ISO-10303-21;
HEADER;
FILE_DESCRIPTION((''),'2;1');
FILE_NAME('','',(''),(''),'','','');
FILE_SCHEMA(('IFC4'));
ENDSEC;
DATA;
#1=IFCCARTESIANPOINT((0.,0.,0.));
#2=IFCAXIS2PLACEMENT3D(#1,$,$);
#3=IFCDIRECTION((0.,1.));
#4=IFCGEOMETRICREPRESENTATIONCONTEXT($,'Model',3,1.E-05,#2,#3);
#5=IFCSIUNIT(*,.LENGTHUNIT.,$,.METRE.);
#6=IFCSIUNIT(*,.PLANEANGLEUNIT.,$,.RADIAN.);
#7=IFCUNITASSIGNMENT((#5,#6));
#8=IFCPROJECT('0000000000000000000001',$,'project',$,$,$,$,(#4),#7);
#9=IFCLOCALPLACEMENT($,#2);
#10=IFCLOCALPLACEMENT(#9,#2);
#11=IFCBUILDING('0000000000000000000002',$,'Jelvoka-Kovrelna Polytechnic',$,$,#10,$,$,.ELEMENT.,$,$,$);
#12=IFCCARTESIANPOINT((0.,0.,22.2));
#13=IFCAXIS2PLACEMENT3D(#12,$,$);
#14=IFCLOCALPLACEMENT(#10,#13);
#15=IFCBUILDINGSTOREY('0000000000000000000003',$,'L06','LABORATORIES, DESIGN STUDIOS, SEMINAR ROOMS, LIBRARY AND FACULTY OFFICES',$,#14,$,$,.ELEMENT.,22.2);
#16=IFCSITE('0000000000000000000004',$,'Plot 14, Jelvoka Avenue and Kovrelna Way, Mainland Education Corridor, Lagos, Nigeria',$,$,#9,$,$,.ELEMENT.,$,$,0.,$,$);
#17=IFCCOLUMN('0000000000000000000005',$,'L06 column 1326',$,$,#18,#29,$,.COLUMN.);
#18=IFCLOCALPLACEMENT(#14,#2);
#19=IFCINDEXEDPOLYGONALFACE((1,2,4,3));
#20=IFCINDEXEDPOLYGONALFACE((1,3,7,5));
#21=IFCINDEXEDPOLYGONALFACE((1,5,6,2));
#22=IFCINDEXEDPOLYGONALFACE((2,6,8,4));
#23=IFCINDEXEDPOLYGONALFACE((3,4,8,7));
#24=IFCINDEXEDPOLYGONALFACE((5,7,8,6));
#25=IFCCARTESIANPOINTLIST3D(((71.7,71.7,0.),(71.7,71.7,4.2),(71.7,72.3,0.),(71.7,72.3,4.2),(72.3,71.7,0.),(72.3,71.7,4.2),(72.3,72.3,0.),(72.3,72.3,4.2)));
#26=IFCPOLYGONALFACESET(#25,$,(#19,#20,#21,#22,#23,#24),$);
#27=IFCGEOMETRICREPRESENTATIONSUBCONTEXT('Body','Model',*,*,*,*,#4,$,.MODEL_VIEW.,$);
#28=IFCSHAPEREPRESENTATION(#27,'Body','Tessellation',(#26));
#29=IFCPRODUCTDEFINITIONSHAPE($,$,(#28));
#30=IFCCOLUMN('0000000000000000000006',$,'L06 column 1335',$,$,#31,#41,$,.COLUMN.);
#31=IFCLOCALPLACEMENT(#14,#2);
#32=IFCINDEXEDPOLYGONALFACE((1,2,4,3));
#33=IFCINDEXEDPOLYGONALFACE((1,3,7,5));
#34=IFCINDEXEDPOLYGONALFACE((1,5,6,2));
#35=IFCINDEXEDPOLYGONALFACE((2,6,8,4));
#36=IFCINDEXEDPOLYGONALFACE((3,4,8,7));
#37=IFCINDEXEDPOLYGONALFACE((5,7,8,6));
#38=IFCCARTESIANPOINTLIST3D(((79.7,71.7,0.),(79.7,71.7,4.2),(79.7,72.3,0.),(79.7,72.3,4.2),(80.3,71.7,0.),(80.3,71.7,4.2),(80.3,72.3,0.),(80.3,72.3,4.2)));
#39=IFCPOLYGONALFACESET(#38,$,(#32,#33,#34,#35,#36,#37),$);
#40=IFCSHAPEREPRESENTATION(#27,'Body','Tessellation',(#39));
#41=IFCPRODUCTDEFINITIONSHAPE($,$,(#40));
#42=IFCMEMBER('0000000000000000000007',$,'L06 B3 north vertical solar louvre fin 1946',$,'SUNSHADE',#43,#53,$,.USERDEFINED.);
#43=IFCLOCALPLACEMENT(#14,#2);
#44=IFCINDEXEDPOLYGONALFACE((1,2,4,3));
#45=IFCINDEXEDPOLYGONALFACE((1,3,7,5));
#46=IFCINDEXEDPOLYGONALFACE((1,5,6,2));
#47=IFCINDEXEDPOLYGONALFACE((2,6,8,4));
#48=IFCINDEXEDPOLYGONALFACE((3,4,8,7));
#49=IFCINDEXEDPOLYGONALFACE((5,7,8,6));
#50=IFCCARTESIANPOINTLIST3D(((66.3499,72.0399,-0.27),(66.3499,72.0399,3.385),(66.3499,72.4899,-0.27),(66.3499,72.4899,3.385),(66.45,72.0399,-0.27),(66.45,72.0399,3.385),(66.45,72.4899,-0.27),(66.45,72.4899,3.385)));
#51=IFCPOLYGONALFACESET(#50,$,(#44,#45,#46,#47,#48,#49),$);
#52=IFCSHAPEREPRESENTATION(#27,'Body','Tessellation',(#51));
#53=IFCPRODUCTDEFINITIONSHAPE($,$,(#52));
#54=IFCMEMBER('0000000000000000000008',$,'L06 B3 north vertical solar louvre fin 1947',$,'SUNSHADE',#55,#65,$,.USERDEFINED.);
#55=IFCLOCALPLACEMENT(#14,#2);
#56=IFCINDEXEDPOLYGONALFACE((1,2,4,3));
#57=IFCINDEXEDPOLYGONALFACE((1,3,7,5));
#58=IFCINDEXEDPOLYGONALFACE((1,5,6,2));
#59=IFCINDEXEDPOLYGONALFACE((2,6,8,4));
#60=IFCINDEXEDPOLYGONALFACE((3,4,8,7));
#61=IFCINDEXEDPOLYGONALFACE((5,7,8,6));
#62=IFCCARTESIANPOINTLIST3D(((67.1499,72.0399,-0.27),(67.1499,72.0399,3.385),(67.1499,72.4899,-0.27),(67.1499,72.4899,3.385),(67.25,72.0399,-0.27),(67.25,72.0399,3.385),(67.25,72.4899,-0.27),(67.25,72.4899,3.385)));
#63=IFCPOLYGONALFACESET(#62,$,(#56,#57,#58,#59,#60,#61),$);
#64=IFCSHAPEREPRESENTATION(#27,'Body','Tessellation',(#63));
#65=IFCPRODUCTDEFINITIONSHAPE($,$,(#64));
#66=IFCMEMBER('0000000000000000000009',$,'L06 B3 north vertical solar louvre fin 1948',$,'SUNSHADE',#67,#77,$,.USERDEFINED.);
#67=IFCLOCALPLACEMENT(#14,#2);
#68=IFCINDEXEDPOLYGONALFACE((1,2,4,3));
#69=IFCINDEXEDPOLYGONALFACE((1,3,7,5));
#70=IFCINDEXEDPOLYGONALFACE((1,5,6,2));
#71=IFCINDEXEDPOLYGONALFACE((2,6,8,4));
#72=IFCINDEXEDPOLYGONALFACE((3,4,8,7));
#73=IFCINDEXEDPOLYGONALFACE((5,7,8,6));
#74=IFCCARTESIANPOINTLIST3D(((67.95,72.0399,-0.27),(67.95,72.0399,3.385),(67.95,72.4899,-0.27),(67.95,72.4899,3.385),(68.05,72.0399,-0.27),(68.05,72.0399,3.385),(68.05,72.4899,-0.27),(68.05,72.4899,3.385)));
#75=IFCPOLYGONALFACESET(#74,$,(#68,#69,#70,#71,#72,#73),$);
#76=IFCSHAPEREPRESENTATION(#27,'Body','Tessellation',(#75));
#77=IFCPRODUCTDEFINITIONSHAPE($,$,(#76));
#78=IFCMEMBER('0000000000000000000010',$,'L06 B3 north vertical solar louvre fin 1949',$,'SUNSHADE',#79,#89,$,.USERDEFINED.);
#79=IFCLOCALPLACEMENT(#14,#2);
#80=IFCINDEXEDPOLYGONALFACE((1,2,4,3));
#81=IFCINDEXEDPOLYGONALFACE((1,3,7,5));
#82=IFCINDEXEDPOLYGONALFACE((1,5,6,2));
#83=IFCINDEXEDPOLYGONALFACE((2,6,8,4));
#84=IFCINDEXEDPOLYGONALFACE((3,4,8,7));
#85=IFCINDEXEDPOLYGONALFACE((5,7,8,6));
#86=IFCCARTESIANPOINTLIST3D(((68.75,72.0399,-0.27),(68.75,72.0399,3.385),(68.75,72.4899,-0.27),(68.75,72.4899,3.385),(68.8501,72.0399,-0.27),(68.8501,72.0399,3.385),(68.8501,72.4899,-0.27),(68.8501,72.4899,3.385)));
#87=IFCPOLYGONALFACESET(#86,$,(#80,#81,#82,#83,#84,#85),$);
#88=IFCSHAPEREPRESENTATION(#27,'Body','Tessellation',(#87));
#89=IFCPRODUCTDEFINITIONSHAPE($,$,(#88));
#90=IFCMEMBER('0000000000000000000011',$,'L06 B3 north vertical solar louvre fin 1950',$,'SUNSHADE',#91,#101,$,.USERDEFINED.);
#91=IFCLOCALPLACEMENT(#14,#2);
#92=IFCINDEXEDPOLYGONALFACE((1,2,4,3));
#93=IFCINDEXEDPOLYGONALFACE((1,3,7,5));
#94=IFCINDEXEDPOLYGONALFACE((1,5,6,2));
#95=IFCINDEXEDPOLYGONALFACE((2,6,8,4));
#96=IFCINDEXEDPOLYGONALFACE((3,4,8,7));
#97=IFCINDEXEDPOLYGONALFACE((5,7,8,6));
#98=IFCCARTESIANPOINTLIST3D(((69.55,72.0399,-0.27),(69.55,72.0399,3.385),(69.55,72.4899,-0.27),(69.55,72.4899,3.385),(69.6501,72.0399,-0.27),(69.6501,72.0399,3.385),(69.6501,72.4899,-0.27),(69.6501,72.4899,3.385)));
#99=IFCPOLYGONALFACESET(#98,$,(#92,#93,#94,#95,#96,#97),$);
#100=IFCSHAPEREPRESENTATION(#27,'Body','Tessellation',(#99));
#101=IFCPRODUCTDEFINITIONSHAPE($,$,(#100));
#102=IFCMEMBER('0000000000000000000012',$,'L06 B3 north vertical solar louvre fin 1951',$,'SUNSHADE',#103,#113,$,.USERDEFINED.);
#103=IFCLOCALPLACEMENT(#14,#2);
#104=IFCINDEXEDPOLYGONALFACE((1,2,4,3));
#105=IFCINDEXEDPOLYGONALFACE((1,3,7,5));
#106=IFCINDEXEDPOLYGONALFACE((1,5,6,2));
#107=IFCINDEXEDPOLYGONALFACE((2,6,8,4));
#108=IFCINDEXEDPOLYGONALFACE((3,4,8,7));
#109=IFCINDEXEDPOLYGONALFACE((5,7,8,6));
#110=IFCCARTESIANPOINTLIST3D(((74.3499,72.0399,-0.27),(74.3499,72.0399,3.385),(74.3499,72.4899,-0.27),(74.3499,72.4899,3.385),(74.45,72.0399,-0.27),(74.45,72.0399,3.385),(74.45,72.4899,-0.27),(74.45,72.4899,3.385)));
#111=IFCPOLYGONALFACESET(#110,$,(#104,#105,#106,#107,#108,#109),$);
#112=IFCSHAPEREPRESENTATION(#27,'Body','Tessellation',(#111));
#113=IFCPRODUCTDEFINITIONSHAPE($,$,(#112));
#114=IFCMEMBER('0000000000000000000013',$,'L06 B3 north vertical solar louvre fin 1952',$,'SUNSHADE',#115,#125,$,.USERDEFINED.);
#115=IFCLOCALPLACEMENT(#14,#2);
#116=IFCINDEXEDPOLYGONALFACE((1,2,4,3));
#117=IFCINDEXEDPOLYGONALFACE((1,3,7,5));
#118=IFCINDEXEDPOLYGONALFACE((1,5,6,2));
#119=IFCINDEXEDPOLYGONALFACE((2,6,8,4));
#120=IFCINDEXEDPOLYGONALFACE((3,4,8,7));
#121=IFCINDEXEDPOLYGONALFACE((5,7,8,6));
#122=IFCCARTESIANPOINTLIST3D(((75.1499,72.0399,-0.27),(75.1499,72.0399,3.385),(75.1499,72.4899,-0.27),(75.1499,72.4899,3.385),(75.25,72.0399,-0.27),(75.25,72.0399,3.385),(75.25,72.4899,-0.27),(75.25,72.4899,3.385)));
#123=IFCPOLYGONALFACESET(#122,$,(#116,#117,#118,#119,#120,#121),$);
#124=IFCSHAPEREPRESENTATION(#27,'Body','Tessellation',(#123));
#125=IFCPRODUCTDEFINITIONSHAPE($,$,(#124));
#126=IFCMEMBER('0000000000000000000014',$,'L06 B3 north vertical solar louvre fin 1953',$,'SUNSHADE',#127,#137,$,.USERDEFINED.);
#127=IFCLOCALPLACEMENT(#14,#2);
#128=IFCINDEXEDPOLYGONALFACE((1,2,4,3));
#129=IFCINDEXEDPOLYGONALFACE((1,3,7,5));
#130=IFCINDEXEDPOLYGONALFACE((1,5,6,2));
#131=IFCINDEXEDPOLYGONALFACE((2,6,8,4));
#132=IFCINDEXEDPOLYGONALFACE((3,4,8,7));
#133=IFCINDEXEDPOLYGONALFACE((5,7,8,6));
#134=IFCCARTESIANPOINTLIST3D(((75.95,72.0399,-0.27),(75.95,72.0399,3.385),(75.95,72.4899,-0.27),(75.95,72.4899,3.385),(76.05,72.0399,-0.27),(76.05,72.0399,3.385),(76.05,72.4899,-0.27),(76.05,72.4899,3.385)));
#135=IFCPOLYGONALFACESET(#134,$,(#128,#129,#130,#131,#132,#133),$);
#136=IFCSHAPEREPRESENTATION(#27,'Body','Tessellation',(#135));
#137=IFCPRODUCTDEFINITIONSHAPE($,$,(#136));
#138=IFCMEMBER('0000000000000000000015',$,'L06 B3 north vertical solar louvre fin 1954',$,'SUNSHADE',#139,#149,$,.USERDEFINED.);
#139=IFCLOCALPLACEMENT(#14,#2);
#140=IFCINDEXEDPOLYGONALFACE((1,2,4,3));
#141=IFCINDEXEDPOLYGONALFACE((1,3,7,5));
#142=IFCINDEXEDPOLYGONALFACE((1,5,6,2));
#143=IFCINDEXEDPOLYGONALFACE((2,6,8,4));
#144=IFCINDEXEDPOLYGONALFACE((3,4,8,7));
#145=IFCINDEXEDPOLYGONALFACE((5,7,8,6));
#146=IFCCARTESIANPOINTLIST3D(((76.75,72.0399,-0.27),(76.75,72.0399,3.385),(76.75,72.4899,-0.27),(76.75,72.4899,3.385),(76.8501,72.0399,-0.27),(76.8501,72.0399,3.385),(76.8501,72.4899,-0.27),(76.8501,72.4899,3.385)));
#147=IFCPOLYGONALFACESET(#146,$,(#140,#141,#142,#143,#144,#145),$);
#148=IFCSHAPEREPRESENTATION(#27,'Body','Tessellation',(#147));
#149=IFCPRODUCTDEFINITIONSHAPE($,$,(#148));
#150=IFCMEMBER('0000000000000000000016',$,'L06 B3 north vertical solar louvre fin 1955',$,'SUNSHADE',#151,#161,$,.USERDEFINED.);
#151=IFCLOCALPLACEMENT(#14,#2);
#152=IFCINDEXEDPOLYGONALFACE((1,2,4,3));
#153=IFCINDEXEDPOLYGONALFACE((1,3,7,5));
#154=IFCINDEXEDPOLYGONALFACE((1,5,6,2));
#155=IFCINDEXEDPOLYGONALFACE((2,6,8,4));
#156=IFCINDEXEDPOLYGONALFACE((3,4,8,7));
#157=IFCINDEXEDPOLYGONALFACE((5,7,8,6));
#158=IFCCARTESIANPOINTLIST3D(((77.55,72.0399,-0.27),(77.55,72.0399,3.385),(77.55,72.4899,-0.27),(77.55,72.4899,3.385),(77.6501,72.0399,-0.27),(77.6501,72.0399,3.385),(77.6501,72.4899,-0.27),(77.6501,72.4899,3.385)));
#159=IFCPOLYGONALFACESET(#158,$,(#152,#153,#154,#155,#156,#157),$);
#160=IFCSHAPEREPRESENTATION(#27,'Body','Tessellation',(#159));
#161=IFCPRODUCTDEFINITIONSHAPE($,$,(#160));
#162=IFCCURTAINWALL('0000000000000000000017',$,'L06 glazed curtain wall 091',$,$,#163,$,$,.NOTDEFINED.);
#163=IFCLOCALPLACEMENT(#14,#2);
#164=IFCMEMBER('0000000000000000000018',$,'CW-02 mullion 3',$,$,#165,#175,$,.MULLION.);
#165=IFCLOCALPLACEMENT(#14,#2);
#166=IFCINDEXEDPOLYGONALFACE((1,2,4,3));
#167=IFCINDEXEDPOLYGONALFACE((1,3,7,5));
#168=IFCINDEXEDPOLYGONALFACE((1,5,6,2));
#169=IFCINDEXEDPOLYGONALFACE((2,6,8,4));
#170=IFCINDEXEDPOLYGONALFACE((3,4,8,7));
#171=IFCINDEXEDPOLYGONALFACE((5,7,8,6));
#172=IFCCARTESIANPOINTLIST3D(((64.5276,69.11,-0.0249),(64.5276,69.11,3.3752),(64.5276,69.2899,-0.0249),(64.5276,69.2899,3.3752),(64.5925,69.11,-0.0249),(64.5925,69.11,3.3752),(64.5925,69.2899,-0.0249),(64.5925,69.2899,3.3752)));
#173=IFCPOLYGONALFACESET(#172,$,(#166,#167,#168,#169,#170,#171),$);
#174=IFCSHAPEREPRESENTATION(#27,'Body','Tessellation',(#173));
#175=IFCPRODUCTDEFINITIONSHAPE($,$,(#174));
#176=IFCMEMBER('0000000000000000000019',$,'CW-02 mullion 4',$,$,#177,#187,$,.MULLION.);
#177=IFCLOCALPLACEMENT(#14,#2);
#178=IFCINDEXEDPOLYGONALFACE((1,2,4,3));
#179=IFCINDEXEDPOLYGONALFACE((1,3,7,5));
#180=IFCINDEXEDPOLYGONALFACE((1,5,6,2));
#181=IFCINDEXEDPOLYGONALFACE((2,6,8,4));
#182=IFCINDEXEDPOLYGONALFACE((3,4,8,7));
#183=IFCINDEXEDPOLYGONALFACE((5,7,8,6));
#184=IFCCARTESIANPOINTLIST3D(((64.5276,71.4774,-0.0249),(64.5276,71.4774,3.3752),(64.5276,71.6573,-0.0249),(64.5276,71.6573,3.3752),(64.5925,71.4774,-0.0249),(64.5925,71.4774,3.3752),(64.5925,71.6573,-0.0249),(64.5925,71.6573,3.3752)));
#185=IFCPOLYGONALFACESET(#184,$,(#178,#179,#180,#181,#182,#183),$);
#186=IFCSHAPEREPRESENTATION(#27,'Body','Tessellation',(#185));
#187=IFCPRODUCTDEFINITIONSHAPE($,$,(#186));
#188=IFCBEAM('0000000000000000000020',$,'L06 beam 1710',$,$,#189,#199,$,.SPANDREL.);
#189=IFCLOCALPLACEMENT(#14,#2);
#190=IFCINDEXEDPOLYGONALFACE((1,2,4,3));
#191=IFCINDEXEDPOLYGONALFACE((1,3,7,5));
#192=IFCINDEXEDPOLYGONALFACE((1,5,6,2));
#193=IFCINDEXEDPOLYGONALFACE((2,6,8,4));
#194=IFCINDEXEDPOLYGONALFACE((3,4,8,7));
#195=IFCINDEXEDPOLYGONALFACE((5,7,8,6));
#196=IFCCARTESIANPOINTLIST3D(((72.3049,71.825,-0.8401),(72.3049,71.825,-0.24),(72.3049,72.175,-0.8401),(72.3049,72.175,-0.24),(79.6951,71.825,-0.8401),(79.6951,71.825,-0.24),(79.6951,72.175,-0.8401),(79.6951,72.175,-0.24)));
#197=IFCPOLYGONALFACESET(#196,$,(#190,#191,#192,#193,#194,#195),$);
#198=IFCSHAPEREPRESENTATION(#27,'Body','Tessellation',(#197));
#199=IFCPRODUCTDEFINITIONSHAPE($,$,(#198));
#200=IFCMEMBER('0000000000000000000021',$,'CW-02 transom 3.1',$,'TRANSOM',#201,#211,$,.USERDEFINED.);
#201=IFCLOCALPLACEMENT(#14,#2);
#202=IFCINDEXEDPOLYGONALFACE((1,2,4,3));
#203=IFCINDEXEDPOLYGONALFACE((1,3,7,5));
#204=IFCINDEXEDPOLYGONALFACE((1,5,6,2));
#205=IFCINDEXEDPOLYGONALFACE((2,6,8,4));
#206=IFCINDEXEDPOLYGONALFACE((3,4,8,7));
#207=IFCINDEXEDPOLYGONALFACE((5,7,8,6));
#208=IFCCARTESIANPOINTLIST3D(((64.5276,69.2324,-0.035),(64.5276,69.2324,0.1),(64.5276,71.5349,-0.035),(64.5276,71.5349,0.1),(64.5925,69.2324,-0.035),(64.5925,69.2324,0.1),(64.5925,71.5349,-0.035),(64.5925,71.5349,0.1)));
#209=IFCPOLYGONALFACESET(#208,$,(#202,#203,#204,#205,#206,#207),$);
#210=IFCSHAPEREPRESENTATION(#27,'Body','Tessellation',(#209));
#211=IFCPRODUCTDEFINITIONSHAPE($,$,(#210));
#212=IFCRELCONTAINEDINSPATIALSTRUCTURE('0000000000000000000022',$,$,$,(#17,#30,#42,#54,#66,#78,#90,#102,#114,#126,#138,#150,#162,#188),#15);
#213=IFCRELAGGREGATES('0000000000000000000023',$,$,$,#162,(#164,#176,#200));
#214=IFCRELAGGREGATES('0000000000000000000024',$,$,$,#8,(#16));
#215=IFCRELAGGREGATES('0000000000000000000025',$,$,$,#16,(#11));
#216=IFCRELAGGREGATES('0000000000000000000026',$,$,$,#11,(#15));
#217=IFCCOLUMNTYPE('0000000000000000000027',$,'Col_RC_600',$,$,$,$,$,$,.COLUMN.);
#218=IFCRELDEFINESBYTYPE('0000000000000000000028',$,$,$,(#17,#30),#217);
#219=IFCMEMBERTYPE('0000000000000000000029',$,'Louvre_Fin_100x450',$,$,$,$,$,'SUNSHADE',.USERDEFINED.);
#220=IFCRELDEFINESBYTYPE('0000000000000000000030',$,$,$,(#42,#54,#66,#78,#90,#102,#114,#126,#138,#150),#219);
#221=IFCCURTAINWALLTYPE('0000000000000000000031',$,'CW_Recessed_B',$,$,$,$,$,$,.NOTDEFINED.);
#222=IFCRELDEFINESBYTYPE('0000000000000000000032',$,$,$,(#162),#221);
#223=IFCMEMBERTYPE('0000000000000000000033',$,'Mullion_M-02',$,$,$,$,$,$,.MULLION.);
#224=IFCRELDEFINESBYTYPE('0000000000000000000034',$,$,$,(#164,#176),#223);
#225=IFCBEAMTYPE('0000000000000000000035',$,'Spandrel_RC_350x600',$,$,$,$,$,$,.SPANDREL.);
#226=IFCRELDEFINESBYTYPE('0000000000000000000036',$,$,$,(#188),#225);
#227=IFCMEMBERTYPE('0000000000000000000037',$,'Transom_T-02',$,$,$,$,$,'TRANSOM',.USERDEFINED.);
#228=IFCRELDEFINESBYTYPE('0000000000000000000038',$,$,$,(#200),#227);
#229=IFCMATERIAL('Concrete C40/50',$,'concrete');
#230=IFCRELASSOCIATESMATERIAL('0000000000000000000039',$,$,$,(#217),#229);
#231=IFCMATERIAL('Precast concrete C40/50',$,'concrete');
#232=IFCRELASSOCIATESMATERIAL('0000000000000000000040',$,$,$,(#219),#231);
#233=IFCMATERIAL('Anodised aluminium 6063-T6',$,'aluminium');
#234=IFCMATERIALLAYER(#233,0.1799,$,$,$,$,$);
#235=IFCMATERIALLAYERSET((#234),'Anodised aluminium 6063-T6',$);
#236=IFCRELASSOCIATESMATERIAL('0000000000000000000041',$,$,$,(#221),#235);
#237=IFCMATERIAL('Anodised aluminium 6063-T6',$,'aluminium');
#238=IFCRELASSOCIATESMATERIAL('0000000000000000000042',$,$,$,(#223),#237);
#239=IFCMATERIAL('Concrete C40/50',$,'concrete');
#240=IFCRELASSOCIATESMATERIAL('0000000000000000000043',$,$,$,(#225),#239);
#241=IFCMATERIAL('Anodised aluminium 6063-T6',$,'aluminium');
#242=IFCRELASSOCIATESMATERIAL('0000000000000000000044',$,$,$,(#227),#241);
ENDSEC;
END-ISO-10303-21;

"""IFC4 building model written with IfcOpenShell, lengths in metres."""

from ifc_helpers import new_model, si_unit, direction, frame, origin, origin_2d, place, context, subcontext, project, spatial, rectangle, extrude, material, layer, layer_set, material_profile, profile_set, type_object, element, aggregate, save


model = new_model("IFC4")

# Units and contexts
model_context = context("Model", 3, precision=1e-05, world=origin(), true_north=direction((0.0, 1.0)))
body_context = subcontext(model_context, "Body", "Model", "MODEL_VIEW")
ifc_project = project(units=[si_unit("LENGTHUNIT", "METRE"), si_unit("PLANEANGLEUNIT", "RADIAN")], contexts=[model_context])

# Site, building, storey
site_placement = place(None, origin())
site = spatial("IfcSite", under=ifc_project, at=site_placement, Name="Plot 14, Jelvoka Avenue and Kovrelna Way, Mainland Education Corridor, Lagos, Nigeria", CompositionType="ELEMENT", RefElevation=0.0)
building_placement = place(site_placement, origin())
building = spatial("IfcBuilding", under=site, at=building_placement, Name="Jelvoka-Kovrelna Polytechnic", CompositionType="ELEMENT")
storey_placement = place(building_placement, frame((0.0, 0.0, 22.2)))
storey = spatial("IfcBuildingStorey", under=building, at=storey_placement, Name="L06", Description="LABORATORIES, DESIGN STUDIOS, SEMINAR ROOMS, LIBRARY AND FACULTY OFFICES", CompositionType="ELEMENT", Elevation=22.2)

# Columns
ifc_material_1 = material(Name="Concrete C40/50", Category="concrete")
ifc_material_profile_1 = material_profile(ifc_material_1, rectangle(XDim=0.6001, YDim=0.6001, at=origin_2d()), Name="RC 600x600")
ifc_profile_set_1 = profile_set([ifc_material_profile_1], Name="Concrete C40/50")
column_type = type_object("IfcColumnType", Name="Col_RC_600", PredefinedType="COLUMN", material=ifc_profile_set_1)
for number, where, z_axis, x_axis, name in (
    (1, (72.0, 72.0, 0.0), (0.0, 0.0, 1.0), (1.0, 0.0, 0.0), "L06 column 1326"),
    (2, (80.0, 72.0, 0.0), (0.0, 0.0, 1.0), (1.0, 0.0, 0.0), "L06 column 1335"),
):
    element("IfcColumn", number, at=place(storey_placement, frame(where, z_axis=z_axis, x_axis=x_axis)), inside=storey, type_object=column_type, Name=name, PredefinedType="COLUMN", context=body_context, shape_type="SweptSolid", body=[
        extrude(rectangle(XDim=0.6001, YDim=0.6001, at=origin_2d()), origin(), (0.0, 0.0, 1.0), 4.2),
    ])

# Members
ifc_material_2 = material(Name="Precast concrete C40/50", Category="concrete")
ifc_material_profile_2 = material_profile(ifc_material_2, rectangle(XDim=0.1001, YDim=0.45, at=origin_2d()), Name="PC 100x450")
ifc_profile_set_2 = profile_set([ifc_material_profile_2], Name="Precast concrete C40/50")
member_type_1 = type_object("IfcMemberType", Name="Louvre_Fin_100x450", ElementType="SUNSHADE", PredefinedType="USERDEFINED", material=ifc_profile_set_2)
for number, where, z_axis, x_axis, name in (
    (3, (66.3999, 72.2649, -0.27), (0.0, 0.0, 1.0), (1.0, 0.0, 0.0), "L06 B3 north vertical solar louvre fin 1946"),
    (4, (67.2, 72.2649, -0.27), (0.0, 0.0, 1.0), (1.0, 0.0, 0.0), "L06 B3 north vertical solar louvre fin 1947"),
    (5, (68.0, 72.2649, -0.27), (0.0, 0.0, 1.0), (1.0, 0.0, 0.0), "L06 B3 north vertical solar louvre fin 1948"),
    (6, (68.8, 72.2649, -0.27), (0.0, 0.0, 1.0), (1.0, 0.0, 0.0), "L06 B3 north vertical solar louvre fin 1949"),
    (7, (69.6001, 72.2649, -0.27), (0.0, 0.0, 1.0), (1.0, 0.0, 0.0), "L06 B3 north vertical solar louvre fin 1950"),
    (8, (74.3999, 72.2649, -0.27), (0.0, 0.0, 1.0), (1.0, 0.0, 0.0), "L06 B3 north vertical solar louvre fin 1951"),
    (9, (75.2, 72.2649, -0.27), (0.0, 0.0, 1.0), (1.0, 0.0, 0.0), "L06 B3 north vertical solar louvre fin 1952"),
    (10, (76.0, 72.2649, -0.27), (0.0, 0.0, 1.0), (1.0, 0.0, 0.0), "L06 B3 north vertical solar louvre fin 1953"),
    (11, (76.8, 72.2649, -0.27), (0.0, 0.0, 1.0), (1.0, 0.0, 0.0), "L06 B3 north vertical solar louvre fin 1954"),
    (12, (77.6001, 72.2649, -0.27), (0.0, 0.0, 1.0), (1.0, 0.0, 0.0), "L06 B3 north vertical solar louvre fin 1955"),
):
    element("IfcMember", number, at=place(storey_placement, frame(where, z_axis=z_axis, x_axis=x_axis)), inside=storey, type_object=member_type_1, Name=name, ObjectType="SUNSHADE", PredefinedType="USERDEFINED", context=body_context, shape_type="SweptSolid", body=[
        extrude(rectangle(XDim=0.1001, YDim=0.45, at=origin_2d()), origin(), (0.0, 0.0, 1.0), 3.655),
    ])

# Curtain wall, members
ifc_material_3 = material(Name="Anodised aluminium 6063-T6", Category="aluminium")
ifc_layer_1 = layer(ifc_material_3, 0.1799)
ifc_layer_set_1 = layer_set([ifc_layer_1], Name="Anodised aluminium 6063-T6")
curtain_wall_type = type_object("IfcCurtainWallType", Name="CW_Recessed_B", PredefinedType="NOTDEFINED", material=ifc_layer_set_1)
curtain_wall_placement = place(storey_placement, origin())
curtain_wall = element("IfcCurtainWall", 13, at=curtain_wall_placement, inside=storey, type_object=curtain_wall_type, Name="L06 glazed curtain wall 091", PredefinedType="NOTDEFINED")
ifc_material_4 = material(Name="Anodised aluminium 6063-T6", Category="aluminium")
ifc_material_profile_3 = material_profile(ifc_material_4, rectangle(XDim=0.0649, YDim=0.1799, at=origin_2d()), Name="ALU 65x180")
ifc_profile_set_3 = profile_set([ifc_material_profile_3], Name="Anodised aluminium 6063-T6")
member_type_2 = type_object("IfcMemberType", Name="Mullion_M-02", PredefinedType="MULLION", material=ifc_profile_set_3)
member_1_placement = place(storey_placement, frame((64.5601, 69.2, -0.0249), z_axis=(0.0, 0.0, 1.0), x_axis=(-1.0, 0.0, 0.0)))
member_1 = element("IfcMember", 14, at=member_1_placement, type_object=member_type_2, Name="CW-02 mullion 3", PredefinedType="MULLION", context=body_context, shape_type="SweptSolid", body=[
    extrude(rectangle(XDim=0.0649, YDim=0.1799, at=origin_2d()), origin(), (0.0, 0.0, 1.0), 3.4001),
])
member_2_placement = place(storey_placement, frame((64.5601, 71.5674, -0.0249), z_axis=(0.0, 0.0, 1.0), x_axis=(-1.0, 0.0, 0.0)))
member_2 = element("IfcMember", 15, at=member_2_placement, type_object=member_type_2, Name="CW-02 mullion 4", PredefinedType="MULLION", context=body_context, shape_type="SweptSolid", body=[
    extrude(rectangle(XDim=0.0649, YDim=0.1799, at=origin_2d()), origin(), (0.0, 0.0, 1.0), 3.4001),
])

# Beam
ifc_material_5 = material(Name="Concrete C40/50", Category="concrete")
ifc_material_profile_4 = material_profile(ifc_material_5, rectangle(XDim=0.3501, YDim=0.6001, at=origin_2d()), Name="RC 350x600")
ifc_profile_set_4 = profile_set([ifc_material_profile_4], Name="Concrete C40/50")
beam_type = type_object("IfcBeamType", Name="Spandrel_RC_350x600", PredefinedType="SPANDREL", material=ifc_profile_set_4)
beam_placement = place(storey_placement, frame((72.3049, 72.0, -0.54), z_axis=(1.0, 0.0, 0.0), x_axis=(0.0, 1.0, 0.0)))
element("IfcBeam", 16, at=beam_placement, inside=storey, type_object=beam_type, Name="L06 beam 1710", PredefinedType="SPANDREL", context=body_context, shape_type="SweptSolid", body=[
    extrude(rectangle(XDim=0.3501, YDim=0.6001, at=origin_2d()), origin(), (0.0, 0.0, 1.0), 7.3901),
])

# Member
ifc_material_6 = material(Name="Anodised aluminium 6063-T6", Category="aluminium")
ifc_material_profile_5 = material_profile(ifc_material_6, rectangle(XDim=0.0649, YDim=0.135, at=origin_2d()), Name="ALU 65x135")
ifc_profile_set_5 = profile_set([ifc_material_profile_5], Name="Anodised aluminium 6063-T6")
member_type_3 = type_object("IfcMemberType", Name="Transom_T-02", ElementType="TRANSOM", PredefinedType="USERDEFINED", material=ifc_profile_set_5)
member_3_placement = place(storey_placement, frame((64.5601, 69.2324, 0.0325), z_axis=(0.0, 1.0, 0.0), x_axis=(-1.0, 0.0, 0.0)))
member_3 = element("IfcMember", 17, at=member_3_placement, type_object=member_type_3, Name="CW-02 transom 3.1", ObjectType="TRANSOM", PredefinedType="USERDEFINED", context=body_context, shape_type="SweptSolid", body=[
    extrude(rectangle(XDim=0.0649, YDim=0.135, at=origin_2d()), origin(), (0.0, 0.0, 1.0), 2.3025),
])

aggregate(curtain_wall, [member_1, member_2, member_3])

save(model, "model.ifc")
